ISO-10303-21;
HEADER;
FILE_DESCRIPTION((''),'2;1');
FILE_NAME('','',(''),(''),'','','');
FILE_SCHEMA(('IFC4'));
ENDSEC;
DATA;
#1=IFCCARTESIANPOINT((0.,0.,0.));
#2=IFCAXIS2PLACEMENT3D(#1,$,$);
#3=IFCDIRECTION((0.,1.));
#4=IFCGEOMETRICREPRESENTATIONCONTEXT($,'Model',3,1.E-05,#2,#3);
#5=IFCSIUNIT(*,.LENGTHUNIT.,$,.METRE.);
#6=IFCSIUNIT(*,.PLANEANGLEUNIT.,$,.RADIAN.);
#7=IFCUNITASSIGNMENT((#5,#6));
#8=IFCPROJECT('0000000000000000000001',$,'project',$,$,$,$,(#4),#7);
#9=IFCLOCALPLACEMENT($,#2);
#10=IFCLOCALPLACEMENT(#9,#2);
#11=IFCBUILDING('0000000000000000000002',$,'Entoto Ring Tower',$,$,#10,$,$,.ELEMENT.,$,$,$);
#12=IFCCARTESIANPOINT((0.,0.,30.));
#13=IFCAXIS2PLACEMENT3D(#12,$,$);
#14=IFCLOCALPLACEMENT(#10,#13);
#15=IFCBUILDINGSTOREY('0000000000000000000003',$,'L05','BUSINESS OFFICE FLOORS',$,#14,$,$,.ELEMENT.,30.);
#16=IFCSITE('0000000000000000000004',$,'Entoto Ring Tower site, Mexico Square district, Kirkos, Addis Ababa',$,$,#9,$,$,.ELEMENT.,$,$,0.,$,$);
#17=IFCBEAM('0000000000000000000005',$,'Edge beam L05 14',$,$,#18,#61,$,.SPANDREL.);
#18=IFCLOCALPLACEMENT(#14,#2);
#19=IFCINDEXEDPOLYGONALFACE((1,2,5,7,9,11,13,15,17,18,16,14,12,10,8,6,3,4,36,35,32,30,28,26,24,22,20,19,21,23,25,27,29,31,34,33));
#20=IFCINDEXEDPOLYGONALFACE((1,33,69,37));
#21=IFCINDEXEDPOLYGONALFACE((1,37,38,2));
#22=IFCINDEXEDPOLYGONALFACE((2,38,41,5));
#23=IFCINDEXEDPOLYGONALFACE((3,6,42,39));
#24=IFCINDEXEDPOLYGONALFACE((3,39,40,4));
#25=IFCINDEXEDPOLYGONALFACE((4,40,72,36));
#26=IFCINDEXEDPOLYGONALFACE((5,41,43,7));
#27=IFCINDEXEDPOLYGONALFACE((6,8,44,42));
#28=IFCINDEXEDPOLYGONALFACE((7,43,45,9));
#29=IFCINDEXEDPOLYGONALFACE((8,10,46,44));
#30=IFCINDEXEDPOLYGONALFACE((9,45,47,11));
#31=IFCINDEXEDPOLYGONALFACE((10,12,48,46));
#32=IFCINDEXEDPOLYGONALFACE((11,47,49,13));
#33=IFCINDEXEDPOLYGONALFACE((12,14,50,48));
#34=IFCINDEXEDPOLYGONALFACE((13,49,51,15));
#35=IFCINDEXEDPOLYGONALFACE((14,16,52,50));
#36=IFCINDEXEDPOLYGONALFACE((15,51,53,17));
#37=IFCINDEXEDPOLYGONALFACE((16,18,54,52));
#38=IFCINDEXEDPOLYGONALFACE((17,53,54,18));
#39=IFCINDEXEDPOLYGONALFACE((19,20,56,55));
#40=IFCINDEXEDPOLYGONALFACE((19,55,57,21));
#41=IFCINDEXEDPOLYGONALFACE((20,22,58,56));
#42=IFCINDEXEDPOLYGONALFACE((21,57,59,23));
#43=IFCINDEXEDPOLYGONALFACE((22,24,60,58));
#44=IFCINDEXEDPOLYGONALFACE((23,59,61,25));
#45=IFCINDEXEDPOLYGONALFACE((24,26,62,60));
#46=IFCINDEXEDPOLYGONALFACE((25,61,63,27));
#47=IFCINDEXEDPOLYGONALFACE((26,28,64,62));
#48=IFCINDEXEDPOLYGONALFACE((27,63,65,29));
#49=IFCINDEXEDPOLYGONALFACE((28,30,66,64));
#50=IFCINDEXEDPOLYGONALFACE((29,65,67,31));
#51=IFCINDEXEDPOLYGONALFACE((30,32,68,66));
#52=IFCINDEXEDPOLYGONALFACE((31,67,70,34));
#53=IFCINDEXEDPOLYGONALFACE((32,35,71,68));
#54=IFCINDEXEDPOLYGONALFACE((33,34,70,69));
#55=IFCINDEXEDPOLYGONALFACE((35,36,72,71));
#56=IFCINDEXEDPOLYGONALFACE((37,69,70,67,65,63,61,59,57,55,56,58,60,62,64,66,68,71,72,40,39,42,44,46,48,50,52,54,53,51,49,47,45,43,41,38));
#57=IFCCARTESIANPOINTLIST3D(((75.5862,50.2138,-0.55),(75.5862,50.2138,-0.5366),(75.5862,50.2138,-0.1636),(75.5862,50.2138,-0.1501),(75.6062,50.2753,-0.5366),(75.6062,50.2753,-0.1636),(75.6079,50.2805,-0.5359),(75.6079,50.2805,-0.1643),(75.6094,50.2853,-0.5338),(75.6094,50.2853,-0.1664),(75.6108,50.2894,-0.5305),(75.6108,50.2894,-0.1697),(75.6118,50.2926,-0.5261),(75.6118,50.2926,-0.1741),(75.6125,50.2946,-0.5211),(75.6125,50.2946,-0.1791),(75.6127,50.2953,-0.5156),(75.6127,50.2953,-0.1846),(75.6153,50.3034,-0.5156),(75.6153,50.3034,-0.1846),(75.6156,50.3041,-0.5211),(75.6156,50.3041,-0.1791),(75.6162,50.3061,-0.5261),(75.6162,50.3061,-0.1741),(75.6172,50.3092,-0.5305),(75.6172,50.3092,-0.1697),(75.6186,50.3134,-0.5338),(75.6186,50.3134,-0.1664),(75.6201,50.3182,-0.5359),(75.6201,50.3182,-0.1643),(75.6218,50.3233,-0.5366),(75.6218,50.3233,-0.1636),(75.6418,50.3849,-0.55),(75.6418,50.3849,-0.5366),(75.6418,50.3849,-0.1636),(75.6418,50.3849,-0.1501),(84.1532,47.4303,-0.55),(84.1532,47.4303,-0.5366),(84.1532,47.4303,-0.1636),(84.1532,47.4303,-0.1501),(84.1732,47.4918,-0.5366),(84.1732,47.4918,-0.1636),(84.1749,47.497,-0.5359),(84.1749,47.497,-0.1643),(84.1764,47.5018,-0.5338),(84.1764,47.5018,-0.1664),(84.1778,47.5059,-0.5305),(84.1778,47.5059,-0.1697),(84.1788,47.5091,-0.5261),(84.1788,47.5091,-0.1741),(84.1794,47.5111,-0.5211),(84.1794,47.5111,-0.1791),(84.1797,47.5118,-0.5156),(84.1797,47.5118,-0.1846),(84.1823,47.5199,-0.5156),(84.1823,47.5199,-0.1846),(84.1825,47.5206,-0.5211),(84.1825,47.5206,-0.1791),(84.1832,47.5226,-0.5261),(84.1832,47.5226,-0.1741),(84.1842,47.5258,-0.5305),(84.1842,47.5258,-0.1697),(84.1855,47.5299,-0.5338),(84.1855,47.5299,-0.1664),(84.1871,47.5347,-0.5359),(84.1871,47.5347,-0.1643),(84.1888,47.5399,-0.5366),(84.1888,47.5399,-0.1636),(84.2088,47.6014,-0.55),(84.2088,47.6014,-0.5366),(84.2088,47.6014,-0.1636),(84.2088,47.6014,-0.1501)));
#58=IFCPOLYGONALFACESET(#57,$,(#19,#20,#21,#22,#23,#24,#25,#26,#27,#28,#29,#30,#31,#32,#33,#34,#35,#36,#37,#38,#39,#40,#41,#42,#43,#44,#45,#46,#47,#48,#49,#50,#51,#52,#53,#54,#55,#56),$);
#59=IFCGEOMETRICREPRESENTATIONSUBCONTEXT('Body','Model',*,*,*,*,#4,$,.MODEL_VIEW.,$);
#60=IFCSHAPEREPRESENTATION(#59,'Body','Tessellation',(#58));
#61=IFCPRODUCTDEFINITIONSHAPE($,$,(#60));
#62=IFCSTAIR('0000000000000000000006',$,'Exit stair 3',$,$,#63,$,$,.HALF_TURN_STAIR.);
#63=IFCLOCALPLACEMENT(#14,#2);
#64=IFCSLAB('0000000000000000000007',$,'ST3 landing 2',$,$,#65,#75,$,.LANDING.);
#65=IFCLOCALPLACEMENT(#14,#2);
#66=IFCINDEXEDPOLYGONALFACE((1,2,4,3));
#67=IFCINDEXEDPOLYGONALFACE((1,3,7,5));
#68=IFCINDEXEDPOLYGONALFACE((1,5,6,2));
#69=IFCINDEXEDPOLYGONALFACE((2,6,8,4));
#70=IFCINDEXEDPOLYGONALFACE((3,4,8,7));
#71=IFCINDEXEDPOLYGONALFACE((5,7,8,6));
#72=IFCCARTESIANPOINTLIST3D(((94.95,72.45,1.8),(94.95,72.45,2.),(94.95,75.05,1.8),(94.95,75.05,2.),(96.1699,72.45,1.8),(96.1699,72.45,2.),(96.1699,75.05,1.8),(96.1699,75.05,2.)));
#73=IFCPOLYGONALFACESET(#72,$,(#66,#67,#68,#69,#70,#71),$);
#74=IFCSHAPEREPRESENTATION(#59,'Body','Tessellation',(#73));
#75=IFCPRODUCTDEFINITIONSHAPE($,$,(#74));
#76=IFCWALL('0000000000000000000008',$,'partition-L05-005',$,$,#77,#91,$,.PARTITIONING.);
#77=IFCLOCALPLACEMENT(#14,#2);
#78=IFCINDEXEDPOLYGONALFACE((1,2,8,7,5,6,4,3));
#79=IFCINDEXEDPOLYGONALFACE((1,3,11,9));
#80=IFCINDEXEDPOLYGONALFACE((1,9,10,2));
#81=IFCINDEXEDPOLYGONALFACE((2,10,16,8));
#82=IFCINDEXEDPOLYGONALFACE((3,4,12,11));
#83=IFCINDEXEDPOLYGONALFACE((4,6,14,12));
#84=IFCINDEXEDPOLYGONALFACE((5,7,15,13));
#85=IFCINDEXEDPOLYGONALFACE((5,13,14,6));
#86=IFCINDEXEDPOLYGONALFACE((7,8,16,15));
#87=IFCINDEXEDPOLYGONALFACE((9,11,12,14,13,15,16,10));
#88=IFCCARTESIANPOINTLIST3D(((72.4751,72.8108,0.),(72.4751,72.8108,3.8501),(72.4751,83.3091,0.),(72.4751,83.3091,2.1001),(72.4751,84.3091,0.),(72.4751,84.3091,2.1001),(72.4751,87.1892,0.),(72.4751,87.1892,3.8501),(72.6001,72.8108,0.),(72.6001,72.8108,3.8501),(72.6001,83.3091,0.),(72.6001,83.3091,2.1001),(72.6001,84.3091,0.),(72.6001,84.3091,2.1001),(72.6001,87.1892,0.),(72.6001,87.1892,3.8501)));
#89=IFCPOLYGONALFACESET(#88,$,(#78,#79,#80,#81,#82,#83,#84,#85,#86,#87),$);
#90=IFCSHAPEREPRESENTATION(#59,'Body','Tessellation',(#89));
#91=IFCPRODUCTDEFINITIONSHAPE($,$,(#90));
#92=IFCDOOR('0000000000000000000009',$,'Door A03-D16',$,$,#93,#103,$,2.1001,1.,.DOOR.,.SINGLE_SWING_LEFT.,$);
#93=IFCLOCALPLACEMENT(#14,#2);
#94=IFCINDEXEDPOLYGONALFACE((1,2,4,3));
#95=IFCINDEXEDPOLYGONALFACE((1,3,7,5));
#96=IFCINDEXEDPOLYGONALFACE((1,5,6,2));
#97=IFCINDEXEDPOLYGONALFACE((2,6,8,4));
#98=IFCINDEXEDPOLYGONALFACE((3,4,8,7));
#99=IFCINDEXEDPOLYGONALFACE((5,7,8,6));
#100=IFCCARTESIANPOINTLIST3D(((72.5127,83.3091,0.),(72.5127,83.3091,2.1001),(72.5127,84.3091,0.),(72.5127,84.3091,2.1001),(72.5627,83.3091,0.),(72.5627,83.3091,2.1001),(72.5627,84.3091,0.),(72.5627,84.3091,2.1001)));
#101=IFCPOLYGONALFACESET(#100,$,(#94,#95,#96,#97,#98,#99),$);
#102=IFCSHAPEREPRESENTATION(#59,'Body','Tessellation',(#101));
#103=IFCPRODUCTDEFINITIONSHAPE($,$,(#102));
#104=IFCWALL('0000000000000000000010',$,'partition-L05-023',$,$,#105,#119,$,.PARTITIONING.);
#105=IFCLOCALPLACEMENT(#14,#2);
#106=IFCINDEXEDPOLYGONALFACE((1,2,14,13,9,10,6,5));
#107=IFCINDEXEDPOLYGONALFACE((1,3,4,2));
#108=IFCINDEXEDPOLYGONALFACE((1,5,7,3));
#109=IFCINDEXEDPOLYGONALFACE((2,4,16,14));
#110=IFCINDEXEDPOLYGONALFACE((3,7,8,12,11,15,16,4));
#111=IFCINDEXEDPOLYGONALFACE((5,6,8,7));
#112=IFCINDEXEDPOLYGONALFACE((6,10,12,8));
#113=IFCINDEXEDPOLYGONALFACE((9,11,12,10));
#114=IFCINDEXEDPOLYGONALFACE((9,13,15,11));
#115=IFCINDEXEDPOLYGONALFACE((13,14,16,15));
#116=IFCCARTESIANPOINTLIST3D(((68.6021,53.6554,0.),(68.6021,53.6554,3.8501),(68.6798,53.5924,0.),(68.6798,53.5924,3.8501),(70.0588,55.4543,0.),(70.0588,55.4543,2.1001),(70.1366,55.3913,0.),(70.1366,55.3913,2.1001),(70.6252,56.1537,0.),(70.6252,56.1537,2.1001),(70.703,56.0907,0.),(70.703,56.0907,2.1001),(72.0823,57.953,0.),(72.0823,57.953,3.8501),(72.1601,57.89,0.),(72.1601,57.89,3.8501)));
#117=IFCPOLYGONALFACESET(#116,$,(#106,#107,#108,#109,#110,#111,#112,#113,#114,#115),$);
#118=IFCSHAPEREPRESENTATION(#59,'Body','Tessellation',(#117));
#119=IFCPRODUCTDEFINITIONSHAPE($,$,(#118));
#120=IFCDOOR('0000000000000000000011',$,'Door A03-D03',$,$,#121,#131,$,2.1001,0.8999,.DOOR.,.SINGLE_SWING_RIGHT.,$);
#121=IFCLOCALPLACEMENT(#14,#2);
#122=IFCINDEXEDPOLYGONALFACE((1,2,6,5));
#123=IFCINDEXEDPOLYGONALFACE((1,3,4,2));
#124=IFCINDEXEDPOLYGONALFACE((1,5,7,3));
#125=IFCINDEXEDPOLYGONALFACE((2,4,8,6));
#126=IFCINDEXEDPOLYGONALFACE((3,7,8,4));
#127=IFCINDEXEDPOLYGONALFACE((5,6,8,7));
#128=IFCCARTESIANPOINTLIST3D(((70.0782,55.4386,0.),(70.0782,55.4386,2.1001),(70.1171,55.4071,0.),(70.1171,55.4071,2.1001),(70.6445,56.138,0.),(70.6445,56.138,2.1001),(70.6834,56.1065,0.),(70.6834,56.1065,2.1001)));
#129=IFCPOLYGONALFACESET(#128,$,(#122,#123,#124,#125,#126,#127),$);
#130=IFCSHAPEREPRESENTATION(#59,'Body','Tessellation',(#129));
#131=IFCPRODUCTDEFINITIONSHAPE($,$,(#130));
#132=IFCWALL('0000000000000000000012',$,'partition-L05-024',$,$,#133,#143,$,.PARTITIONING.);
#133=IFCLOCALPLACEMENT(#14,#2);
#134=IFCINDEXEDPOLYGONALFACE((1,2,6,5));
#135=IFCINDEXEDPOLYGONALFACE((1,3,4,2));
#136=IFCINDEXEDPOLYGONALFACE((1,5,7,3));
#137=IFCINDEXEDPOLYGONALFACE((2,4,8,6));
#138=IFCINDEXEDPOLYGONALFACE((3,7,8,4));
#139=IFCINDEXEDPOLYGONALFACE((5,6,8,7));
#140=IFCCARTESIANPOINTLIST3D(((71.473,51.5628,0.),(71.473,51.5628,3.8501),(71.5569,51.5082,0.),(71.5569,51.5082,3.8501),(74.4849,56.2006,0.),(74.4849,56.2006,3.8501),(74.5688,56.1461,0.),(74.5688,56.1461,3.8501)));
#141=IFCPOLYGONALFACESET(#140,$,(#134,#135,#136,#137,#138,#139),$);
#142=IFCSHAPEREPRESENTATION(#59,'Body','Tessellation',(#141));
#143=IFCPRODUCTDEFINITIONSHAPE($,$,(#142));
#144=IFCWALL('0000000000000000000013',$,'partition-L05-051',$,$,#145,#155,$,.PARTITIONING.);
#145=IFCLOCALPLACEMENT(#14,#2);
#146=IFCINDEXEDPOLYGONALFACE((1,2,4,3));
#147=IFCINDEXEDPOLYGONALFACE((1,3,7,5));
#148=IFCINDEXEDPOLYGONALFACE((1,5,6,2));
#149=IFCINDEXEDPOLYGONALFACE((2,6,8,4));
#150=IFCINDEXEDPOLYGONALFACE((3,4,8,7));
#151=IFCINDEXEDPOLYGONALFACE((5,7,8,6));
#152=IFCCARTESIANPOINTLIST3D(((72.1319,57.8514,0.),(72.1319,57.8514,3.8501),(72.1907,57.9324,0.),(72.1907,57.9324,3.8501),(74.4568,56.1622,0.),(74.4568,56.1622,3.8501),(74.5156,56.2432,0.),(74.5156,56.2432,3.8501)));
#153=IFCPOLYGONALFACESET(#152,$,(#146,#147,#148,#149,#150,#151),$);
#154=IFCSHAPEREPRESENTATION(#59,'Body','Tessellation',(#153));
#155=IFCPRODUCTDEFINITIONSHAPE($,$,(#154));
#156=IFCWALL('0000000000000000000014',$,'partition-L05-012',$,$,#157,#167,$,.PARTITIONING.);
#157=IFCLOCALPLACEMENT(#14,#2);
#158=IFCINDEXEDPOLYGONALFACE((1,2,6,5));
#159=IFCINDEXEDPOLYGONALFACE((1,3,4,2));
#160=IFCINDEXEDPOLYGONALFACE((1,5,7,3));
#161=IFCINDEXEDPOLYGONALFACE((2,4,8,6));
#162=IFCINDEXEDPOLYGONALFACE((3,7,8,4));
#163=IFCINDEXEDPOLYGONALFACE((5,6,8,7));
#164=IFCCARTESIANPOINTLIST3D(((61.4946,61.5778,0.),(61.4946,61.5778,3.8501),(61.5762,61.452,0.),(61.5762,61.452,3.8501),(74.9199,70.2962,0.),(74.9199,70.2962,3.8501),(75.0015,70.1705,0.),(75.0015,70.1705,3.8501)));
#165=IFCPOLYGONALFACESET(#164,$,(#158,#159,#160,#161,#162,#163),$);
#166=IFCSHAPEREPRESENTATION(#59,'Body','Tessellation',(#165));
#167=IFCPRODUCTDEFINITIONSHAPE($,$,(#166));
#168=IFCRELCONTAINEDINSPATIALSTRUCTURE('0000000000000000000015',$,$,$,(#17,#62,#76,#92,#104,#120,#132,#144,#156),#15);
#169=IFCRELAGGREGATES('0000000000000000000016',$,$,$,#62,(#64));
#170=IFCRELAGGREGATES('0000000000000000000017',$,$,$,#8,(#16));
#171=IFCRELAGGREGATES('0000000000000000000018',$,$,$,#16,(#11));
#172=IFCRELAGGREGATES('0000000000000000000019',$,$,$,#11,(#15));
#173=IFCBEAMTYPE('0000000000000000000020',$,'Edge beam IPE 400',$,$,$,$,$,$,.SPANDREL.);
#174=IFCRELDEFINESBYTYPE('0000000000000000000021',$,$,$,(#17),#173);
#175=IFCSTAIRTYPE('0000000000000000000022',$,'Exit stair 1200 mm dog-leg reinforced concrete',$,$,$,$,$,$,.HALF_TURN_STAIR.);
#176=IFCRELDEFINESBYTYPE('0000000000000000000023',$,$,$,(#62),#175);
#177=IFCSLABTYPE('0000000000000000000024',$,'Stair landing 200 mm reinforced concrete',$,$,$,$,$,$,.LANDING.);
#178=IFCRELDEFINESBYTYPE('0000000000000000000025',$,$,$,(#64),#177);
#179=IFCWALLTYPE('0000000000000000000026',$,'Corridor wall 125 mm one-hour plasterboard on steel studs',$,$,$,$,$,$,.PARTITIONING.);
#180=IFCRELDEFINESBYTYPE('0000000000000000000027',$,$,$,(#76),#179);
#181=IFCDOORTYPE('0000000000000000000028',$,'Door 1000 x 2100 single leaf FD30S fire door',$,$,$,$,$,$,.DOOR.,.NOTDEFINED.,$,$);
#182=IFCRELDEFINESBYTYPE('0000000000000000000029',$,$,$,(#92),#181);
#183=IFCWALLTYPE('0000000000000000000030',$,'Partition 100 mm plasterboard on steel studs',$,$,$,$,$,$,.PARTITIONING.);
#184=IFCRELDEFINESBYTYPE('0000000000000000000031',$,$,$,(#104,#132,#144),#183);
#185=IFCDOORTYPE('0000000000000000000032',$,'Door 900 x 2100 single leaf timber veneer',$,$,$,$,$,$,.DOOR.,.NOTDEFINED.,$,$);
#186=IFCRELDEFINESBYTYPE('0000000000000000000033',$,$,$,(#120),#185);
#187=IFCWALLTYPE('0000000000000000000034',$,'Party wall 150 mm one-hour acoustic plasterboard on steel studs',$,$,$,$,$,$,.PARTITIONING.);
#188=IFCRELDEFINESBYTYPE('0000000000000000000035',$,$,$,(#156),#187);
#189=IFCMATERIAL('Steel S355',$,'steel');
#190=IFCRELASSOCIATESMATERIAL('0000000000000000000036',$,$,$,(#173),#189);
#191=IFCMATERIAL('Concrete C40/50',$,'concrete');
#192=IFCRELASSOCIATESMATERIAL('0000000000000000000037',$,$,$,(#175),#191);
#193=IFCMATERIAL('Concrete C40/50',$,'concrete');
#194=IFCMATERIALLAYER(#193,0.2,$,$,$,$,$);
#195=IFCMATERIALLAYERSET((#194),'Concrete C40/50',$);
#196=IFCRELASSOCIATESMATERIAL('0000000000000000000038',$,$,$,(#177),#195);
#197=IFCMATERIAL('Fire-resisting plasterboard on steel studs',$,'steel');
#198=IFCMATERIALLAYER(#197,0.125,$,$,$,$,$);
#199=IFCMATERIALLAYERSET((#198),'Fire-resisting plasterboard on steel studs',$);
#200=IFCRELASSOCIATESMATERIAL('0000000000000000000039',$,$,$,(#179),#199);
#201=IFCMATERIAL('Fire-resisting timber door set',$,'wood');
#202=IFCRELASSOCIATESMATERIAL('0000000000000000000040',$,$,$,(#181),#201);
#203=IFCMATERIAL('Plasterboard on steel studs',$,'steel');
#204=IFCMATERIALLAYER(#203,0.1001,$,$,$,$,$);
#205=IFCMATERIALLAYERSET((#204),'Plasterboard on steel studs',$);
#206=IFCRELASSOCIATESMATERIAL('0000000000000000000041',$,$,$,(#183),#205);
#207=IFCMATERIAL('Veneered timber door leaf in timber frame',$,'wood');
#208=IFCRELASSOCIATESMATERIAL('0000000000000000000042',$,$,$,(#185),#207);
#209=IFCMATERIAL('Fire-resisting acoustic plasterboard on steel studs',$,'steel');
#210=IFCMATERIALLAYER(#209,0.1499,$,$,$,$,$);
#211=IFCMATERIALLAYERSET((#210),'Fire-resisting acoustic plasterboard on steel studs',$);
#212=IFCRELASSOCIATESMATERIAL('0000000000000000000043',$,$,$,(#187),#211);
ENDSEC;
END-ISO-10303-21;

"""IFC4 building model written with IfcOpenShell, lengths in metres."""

from ifc_helpers import new_model, si_unit, direction, frame, frame_2d, origin, origin_2d, place, context, subcontext, project, spatial, polyline, rectangle, i_section, outline, extrude, material, layer, layer_set, material_profile, profile_set, type_object, element, fill, aggregate, save


model = new_model("IFC4")

# Units and contexts
model_context = context("Model", 3, precision=1e-05, world=origin(), true_north=direction((0.0, 1.0)))
body_context = subcontext(model_context, "Body", "Model", "MODEL_VIEW")
ifc_project = project(units=[si_unit("LENGTHUNIT", "METRE"), si_unit("PLANEANGLEUNIT", "RADIAN")], contexts=[model_context])

# Site, building, storey
site_placement = place(None, origin())
site = spatial("IfcSite", under=ifc_project, at=site_placement, Name="Entoto Ring Tower site, Mexico Square district, Kirkos, Addis Ababa", CompositionType="ELEMENT", RefElevation=0.0)
building_placement = place(site_placement, origin())
building = spatial("IfcBuilding", under=site, at=building_placement, Name="Entoto Ring Tower", CompositionType="ELEMENT")
storey_placement = place(building_placement, frame((0.0, 0.0, 30.0)))
storey = spatial("IfcBuildingStorey", under=building, at=storey_placement, Name="L05", Description="BUSINESS OFFICE FLOORS", CompositionType="ELEMENT", Elevation=30.0)

# Beam
ifc_material_1 = material(Name="Steel S355", Category="steel")
ifc_material_profile_1 = material_profile(ifc_material_1, i_section(OverallWidth=0.1799, OverallDepth=0.3999, WebThickness=0.0085, FlangeThickness=0.0134, FilletRadius=0.021, at=origin_2d()), Name="IPE 400")
ifc_profile_set_1 = profile_set([ifc_material_profile_1], Name="Steel S355")
beam_type = type_object("IfcBeamType", Name="Edge beam IPE 400", PredefinedType="SPANDREL", material=ifc_profile_set_1)
for number, where, z_axis, x_axis, name in (
    (1, (75.614, 50.2993, -0.3501), (0.95106, -0.309006, 0.0), (0.309006, 0.95106, 0.0), "Edge beam L05 14"),
):
    element("IfcBeam", number, at=place(storey_placement, frame(where, z_axis=z_axis, x_axis=x_axis)), inside=storey, type_object=beam_type, Name=name, PredefinedType="SPANDREL", context=body_context, shape_type="SweptSolid", body=[
        extrude(i_section(OverallWidth=0.1799, OverallDepth=0.3999, WebThickness=0.0085, FlangeThickness=0.0134, FilletRadius=0.021, at=origin_2d()), origin(), (0.0, 0.0, 1.0), 9.0078),
    ])

# Stair, slab
ifc_material_2 = material(Name="Concrete C40/50", Category="concrete")
stair_type = type_object("IfcStairType", Name="Exit stair 1200 mm dog-leg reinforced concrete", PredefinedType="HALF_TURN_STAIR", material=ifc_material_2)
stair_placement = place(storey_placement, origin())
stair = element("IfcStair", 2, at=stair_placement, inside=storey, type_object=stair_type, Name="Exit stair 3", PredefinedType="HALF_TURN_STAIR")
ifc_material_3 = material(Name="Concrete C40/50", Category="concrete")
ifc_layer_1 = layer(ifc_material_3, 0.2)
ifc_layer_set_1 = layer_set([ifc_layer_1], Name="Concrete C40/50")
slab_type_1 = type_object("IfcSlabType", Name="Stair landing 200 mm reinforced concrete", PredefinedType="LANDING", material=ifc_layer_set_1)
slab_1_placement = place(storey_placement, frame((0.0, 0.0, 1.8)))
slab_1 = element("IfcSlab", 3, at=slab_1_placement, type_object=slab_type_1, Name="ST3 landing 2", PredefinedType="LANDING", context=body_context, shape_type="SweptSolid", body=[
    extrude(outline(polyline([(94.95, 72.45), (96.1699, 72.45), (96.1699, 75.05), (94.95, 75.05), (94.95, 72.45)])), origin(), (0.0, 0.0, 1.0), 0.2),
])
aggregate(stair, [slab_1])

# Walls, openings, doors
ifc_material_4 = material(Name="Fire-resisting plasterboard on steel studs", Category="steel")
ifc_layer_2 = layer(ifc_material_4, 0.125)
ifc_layer_set_2 = layer_set([ifc_layer_2], Name="Fire-resisting plasterboard on steel studs")
wall_type_1 = type_object("IfcWallType", Name="Corridor wall 125 mm one-hour plasterboard on steel studs", PredefinedType="PARTITIONING", material=ifc_layer_set_2)
wall_1_placement = place(storey_placement, frame((72.5376, 72.8108, 0.0), z_axis=(0.0, 0.0, 1.0), x_axis=(0.0, 1.0, 0.0)))
wall_1 = element("IfcWall", 4, at=wall_1_placement, inside=storey, type_object=wall_type_1, Name="partition-L05-005", PredefinedType="PARTITIONING", context=body_context, shape_type="SweptSolid", body=[
    extrude(rectangle(XDim=14.3784, YDim=0.125, at=frame_2d((7.1892, 0.0))), origin(), (0.0, 0.0, 1.0), 3.8501),
])
opening_1_placement = place(wall_1_placement, frame((10.4983, 0.0, 0.0)))
opening_1 = element("IfcOpeningElement", 5, at=opening_1_placement, cuts=wall_1, PredefinedType="OPENING", context=body_context, shape_type="SweptSolid", body=[
    extrude(rectangle(XDim=1.0, YDim=2.1001, at=frame_2d((0.5, 1.05))), frame((0.0, 0.0725, 0.0), z_axis=(0.0, -1.0, 0.0), x_axis=(1.0, 0.0, 0.0)), (0.0, 0.0, 1.0), 0.145),
])
ifc_material_5 = material(Name="Fire-resisting timber door set", Category="wood")
door_type_1 = type_object("IfcDoorType", Name="Door 1000 x 2100 single leaf FD30S fire door", OperationType="NOTDEFINED", PredefinedType="DOOR", material=ifc_material_5)
door_1_placement = place(opening_1_placement, origin())
door_1 = element("IfcDoor", 6, at=door_1_placement, inside=storey, type_object=door_type_1, Name="Door A03-D16", OperationType="SINGLE_SWING_LEFT", OverallHeight=2.1001, OverallWidth=1.0, PredefinedType="DOOR", context=body_context, shape_type="SweptSolid", body=[
    extrude(rectangle(XDim=1.0, YDim=2.1001, at=frame_2d((0.5, 1.05))), frame((0.0, 0.0249, 0.0), z_axis=(0.0, -1.0, 0.0), x_axis=(1.0, 0.0, 0.0)), (0.0, 0.0, 1.0), 0.05),
])
fill(opening_1, door_1)
ifc_material_6 = material(Name="Plasterboard on steel studs", Category="steel")
ifc_layer_3 = layer(ifc_material_6, 0.1001)
ifc_layer_set_3 = layer_set([ifc_layer_3], Name="Plasterboard on steel studs")
wall_type_2 = type_object("IfcWallType", Name="Partition 100 mm plasterboard on steel studs", PredefinedType="PARTITIONING", material=ifc_layer_set_3)
wall_2_placement = place(storey_placement, frame((68.6409, 53.6238, 0.0), z_axis=(0.0, 0.0, 1.0), x_axis=(0.62933, 0.777138, 0.0)))
wall_2 = element("IfcWall", 7, at=wall_2_placement, inside=storey, type_object=wall_type_2, Name="partition-L05-023", PredefinedType="PARTITIONING", context=body_context, shape_type="SweptSolid", body=[
    extrude(rectangle(XDim=5.53, YDim=0.1001, at=frame_2d((2.7651, 0.0))), origin(), (0.0, 0.0, 1.0), 3.8501),
])
opening_2_placement = place(wall_2_placement, frame((2.3149, 0.0, 0.0)))
opening_2 = element("IfcOpeningElement", 8, at=opening_2_placement, cuts=wall_2, PredefinedType="OPENING", context=body_context, shape_type="SweptSolid", body=[
    extrude(rectangle(XDim=0.8999, YDim=2.1001, at=frame_2d((0.45, 1.05))), frame((0.0, 0.0601, 0.0), z_axis=(0.0, -1.0, 0.0), x_axis=(1.0, 0.0, 0.0)), (0.0, 0.0, 1.0), 0.1201),
])
ifc_material_7 = material(Name="Veneered timber door leaf in timber frame", Category="wood")
door_type_2 = type_object("IfcDoorType", Name="Door 900 x 2100 single leaf timber veneer", OperationType="NOTDEFINED", PredefinedType="DOOR", material=ifc_material_7)
door_2_placement = place(opening_2_placement, frame((0.8999, 0.0, 0.0), z_axis=(0.0, 0.0, 1.0), x_axis=(-1.0, 0.0, 0.0)))
door_2 = element("IfcDoor", 9, at=door_2_placement, inside=storey, type_object=door_type_2, Name="Door A03-D03", OperationType="SINGLE_SWING_RIGHT", OverallHeight=2.1001, OverallWidth=0.8999, PredefinedType="DOOR", context=body_context, shape_type="SweptSolid", body=[
    extrude(rectangle(XDim=0.8999, YDim=2.1001, at=frame_2d((0.45, 1.05))), frame((0.0, 0.0249, 0.0), z_axis=(0.0, -1.0, 0.0), x_axis=(1.0, 0.0, 0.0)), (0.0, 0.0, 1.0), 0.05),
])
fill(opening_2, door_2)

# Walls
wall_3_placement = place(storey_placement, frame((71.5149, 51.5354, 0.0), z_axis=(0.0, 0.0, 1.0), x_axis=(0.544645, 0.838666, 0.0)))
element("IfcWall", 10, at=wall_3_placement, inside=storey, type_object=wall_type_2, Name="partition-L05-024", PredefinedType="PARTITIONING", context=body_context, shape_type="SweptSolid", body=[
    extrude(rectangle(XDim=5.53, YDim=0.1001, at=frame_2d((2.7651, 0.0))), origin(), (0.0, 0.0, 1.0), 3.8501),
])
wall_4_placement = place(storey_placement, frame((74.4863, 56.2026, 0.0), z_axis=(0.0, 0.0, 1.0), x_axis=(-0.809012, 0.587793, 0.0)))
element("IfcWall", 11, at=wall_4_placement, inside=storey, type_object=wall_type_2, Name="partition-L05-051", PredefinedType="PARTITIONING", context=body_context, shape_type="SweptSolid", body=[
    extrude(rectangle(XDim=2.8738, YDim=0.1001, at=frame_2d((1.437, 0.0))), origin(), (0.0, 0.0, 1.0), 3.8501),
])
ifc_material_8 = material(Name="Fire-resisting acoustic plasterboard on steel studs", Category="steel")
ifc_layer_4 = layer(ifc_material_8, 0.1499)
ifc_layer_set_4 = layer_set([ifc_layer_4], Name="Fire-resisting acoustic plasterboard on steel studs")
wall_type_3 = type_object("IfcWallType", Name="Party wall 150 mm one-hour acoustic plasterboard on steel studs", PredefinedType="PARTITIONING", material=ifc_layer_set_4)
wall_5_placement = place(storey_placement, frame((61.5354, 61.5149, 0.0), z_axis=(0.0, 0.0, 1.0), x_axis=(0.83867, 0.54464, 0.0)))
element("IfcWall", 12, at=wall_5_placement, inside=storey, type_object=wall_type_3, Name="partition-L05-012", PredefinedType="PARTITIONING", context=body_context, shape_type="SweptSolid", body=[
    extrude(rectangle(XDim=16.0078, YDim=0.1499, at=frame_2d((8.0039, 0.0))), origin(), (0.0, 0.0, 1.0), 3.8501),
])

save(model, "model.ifc")
